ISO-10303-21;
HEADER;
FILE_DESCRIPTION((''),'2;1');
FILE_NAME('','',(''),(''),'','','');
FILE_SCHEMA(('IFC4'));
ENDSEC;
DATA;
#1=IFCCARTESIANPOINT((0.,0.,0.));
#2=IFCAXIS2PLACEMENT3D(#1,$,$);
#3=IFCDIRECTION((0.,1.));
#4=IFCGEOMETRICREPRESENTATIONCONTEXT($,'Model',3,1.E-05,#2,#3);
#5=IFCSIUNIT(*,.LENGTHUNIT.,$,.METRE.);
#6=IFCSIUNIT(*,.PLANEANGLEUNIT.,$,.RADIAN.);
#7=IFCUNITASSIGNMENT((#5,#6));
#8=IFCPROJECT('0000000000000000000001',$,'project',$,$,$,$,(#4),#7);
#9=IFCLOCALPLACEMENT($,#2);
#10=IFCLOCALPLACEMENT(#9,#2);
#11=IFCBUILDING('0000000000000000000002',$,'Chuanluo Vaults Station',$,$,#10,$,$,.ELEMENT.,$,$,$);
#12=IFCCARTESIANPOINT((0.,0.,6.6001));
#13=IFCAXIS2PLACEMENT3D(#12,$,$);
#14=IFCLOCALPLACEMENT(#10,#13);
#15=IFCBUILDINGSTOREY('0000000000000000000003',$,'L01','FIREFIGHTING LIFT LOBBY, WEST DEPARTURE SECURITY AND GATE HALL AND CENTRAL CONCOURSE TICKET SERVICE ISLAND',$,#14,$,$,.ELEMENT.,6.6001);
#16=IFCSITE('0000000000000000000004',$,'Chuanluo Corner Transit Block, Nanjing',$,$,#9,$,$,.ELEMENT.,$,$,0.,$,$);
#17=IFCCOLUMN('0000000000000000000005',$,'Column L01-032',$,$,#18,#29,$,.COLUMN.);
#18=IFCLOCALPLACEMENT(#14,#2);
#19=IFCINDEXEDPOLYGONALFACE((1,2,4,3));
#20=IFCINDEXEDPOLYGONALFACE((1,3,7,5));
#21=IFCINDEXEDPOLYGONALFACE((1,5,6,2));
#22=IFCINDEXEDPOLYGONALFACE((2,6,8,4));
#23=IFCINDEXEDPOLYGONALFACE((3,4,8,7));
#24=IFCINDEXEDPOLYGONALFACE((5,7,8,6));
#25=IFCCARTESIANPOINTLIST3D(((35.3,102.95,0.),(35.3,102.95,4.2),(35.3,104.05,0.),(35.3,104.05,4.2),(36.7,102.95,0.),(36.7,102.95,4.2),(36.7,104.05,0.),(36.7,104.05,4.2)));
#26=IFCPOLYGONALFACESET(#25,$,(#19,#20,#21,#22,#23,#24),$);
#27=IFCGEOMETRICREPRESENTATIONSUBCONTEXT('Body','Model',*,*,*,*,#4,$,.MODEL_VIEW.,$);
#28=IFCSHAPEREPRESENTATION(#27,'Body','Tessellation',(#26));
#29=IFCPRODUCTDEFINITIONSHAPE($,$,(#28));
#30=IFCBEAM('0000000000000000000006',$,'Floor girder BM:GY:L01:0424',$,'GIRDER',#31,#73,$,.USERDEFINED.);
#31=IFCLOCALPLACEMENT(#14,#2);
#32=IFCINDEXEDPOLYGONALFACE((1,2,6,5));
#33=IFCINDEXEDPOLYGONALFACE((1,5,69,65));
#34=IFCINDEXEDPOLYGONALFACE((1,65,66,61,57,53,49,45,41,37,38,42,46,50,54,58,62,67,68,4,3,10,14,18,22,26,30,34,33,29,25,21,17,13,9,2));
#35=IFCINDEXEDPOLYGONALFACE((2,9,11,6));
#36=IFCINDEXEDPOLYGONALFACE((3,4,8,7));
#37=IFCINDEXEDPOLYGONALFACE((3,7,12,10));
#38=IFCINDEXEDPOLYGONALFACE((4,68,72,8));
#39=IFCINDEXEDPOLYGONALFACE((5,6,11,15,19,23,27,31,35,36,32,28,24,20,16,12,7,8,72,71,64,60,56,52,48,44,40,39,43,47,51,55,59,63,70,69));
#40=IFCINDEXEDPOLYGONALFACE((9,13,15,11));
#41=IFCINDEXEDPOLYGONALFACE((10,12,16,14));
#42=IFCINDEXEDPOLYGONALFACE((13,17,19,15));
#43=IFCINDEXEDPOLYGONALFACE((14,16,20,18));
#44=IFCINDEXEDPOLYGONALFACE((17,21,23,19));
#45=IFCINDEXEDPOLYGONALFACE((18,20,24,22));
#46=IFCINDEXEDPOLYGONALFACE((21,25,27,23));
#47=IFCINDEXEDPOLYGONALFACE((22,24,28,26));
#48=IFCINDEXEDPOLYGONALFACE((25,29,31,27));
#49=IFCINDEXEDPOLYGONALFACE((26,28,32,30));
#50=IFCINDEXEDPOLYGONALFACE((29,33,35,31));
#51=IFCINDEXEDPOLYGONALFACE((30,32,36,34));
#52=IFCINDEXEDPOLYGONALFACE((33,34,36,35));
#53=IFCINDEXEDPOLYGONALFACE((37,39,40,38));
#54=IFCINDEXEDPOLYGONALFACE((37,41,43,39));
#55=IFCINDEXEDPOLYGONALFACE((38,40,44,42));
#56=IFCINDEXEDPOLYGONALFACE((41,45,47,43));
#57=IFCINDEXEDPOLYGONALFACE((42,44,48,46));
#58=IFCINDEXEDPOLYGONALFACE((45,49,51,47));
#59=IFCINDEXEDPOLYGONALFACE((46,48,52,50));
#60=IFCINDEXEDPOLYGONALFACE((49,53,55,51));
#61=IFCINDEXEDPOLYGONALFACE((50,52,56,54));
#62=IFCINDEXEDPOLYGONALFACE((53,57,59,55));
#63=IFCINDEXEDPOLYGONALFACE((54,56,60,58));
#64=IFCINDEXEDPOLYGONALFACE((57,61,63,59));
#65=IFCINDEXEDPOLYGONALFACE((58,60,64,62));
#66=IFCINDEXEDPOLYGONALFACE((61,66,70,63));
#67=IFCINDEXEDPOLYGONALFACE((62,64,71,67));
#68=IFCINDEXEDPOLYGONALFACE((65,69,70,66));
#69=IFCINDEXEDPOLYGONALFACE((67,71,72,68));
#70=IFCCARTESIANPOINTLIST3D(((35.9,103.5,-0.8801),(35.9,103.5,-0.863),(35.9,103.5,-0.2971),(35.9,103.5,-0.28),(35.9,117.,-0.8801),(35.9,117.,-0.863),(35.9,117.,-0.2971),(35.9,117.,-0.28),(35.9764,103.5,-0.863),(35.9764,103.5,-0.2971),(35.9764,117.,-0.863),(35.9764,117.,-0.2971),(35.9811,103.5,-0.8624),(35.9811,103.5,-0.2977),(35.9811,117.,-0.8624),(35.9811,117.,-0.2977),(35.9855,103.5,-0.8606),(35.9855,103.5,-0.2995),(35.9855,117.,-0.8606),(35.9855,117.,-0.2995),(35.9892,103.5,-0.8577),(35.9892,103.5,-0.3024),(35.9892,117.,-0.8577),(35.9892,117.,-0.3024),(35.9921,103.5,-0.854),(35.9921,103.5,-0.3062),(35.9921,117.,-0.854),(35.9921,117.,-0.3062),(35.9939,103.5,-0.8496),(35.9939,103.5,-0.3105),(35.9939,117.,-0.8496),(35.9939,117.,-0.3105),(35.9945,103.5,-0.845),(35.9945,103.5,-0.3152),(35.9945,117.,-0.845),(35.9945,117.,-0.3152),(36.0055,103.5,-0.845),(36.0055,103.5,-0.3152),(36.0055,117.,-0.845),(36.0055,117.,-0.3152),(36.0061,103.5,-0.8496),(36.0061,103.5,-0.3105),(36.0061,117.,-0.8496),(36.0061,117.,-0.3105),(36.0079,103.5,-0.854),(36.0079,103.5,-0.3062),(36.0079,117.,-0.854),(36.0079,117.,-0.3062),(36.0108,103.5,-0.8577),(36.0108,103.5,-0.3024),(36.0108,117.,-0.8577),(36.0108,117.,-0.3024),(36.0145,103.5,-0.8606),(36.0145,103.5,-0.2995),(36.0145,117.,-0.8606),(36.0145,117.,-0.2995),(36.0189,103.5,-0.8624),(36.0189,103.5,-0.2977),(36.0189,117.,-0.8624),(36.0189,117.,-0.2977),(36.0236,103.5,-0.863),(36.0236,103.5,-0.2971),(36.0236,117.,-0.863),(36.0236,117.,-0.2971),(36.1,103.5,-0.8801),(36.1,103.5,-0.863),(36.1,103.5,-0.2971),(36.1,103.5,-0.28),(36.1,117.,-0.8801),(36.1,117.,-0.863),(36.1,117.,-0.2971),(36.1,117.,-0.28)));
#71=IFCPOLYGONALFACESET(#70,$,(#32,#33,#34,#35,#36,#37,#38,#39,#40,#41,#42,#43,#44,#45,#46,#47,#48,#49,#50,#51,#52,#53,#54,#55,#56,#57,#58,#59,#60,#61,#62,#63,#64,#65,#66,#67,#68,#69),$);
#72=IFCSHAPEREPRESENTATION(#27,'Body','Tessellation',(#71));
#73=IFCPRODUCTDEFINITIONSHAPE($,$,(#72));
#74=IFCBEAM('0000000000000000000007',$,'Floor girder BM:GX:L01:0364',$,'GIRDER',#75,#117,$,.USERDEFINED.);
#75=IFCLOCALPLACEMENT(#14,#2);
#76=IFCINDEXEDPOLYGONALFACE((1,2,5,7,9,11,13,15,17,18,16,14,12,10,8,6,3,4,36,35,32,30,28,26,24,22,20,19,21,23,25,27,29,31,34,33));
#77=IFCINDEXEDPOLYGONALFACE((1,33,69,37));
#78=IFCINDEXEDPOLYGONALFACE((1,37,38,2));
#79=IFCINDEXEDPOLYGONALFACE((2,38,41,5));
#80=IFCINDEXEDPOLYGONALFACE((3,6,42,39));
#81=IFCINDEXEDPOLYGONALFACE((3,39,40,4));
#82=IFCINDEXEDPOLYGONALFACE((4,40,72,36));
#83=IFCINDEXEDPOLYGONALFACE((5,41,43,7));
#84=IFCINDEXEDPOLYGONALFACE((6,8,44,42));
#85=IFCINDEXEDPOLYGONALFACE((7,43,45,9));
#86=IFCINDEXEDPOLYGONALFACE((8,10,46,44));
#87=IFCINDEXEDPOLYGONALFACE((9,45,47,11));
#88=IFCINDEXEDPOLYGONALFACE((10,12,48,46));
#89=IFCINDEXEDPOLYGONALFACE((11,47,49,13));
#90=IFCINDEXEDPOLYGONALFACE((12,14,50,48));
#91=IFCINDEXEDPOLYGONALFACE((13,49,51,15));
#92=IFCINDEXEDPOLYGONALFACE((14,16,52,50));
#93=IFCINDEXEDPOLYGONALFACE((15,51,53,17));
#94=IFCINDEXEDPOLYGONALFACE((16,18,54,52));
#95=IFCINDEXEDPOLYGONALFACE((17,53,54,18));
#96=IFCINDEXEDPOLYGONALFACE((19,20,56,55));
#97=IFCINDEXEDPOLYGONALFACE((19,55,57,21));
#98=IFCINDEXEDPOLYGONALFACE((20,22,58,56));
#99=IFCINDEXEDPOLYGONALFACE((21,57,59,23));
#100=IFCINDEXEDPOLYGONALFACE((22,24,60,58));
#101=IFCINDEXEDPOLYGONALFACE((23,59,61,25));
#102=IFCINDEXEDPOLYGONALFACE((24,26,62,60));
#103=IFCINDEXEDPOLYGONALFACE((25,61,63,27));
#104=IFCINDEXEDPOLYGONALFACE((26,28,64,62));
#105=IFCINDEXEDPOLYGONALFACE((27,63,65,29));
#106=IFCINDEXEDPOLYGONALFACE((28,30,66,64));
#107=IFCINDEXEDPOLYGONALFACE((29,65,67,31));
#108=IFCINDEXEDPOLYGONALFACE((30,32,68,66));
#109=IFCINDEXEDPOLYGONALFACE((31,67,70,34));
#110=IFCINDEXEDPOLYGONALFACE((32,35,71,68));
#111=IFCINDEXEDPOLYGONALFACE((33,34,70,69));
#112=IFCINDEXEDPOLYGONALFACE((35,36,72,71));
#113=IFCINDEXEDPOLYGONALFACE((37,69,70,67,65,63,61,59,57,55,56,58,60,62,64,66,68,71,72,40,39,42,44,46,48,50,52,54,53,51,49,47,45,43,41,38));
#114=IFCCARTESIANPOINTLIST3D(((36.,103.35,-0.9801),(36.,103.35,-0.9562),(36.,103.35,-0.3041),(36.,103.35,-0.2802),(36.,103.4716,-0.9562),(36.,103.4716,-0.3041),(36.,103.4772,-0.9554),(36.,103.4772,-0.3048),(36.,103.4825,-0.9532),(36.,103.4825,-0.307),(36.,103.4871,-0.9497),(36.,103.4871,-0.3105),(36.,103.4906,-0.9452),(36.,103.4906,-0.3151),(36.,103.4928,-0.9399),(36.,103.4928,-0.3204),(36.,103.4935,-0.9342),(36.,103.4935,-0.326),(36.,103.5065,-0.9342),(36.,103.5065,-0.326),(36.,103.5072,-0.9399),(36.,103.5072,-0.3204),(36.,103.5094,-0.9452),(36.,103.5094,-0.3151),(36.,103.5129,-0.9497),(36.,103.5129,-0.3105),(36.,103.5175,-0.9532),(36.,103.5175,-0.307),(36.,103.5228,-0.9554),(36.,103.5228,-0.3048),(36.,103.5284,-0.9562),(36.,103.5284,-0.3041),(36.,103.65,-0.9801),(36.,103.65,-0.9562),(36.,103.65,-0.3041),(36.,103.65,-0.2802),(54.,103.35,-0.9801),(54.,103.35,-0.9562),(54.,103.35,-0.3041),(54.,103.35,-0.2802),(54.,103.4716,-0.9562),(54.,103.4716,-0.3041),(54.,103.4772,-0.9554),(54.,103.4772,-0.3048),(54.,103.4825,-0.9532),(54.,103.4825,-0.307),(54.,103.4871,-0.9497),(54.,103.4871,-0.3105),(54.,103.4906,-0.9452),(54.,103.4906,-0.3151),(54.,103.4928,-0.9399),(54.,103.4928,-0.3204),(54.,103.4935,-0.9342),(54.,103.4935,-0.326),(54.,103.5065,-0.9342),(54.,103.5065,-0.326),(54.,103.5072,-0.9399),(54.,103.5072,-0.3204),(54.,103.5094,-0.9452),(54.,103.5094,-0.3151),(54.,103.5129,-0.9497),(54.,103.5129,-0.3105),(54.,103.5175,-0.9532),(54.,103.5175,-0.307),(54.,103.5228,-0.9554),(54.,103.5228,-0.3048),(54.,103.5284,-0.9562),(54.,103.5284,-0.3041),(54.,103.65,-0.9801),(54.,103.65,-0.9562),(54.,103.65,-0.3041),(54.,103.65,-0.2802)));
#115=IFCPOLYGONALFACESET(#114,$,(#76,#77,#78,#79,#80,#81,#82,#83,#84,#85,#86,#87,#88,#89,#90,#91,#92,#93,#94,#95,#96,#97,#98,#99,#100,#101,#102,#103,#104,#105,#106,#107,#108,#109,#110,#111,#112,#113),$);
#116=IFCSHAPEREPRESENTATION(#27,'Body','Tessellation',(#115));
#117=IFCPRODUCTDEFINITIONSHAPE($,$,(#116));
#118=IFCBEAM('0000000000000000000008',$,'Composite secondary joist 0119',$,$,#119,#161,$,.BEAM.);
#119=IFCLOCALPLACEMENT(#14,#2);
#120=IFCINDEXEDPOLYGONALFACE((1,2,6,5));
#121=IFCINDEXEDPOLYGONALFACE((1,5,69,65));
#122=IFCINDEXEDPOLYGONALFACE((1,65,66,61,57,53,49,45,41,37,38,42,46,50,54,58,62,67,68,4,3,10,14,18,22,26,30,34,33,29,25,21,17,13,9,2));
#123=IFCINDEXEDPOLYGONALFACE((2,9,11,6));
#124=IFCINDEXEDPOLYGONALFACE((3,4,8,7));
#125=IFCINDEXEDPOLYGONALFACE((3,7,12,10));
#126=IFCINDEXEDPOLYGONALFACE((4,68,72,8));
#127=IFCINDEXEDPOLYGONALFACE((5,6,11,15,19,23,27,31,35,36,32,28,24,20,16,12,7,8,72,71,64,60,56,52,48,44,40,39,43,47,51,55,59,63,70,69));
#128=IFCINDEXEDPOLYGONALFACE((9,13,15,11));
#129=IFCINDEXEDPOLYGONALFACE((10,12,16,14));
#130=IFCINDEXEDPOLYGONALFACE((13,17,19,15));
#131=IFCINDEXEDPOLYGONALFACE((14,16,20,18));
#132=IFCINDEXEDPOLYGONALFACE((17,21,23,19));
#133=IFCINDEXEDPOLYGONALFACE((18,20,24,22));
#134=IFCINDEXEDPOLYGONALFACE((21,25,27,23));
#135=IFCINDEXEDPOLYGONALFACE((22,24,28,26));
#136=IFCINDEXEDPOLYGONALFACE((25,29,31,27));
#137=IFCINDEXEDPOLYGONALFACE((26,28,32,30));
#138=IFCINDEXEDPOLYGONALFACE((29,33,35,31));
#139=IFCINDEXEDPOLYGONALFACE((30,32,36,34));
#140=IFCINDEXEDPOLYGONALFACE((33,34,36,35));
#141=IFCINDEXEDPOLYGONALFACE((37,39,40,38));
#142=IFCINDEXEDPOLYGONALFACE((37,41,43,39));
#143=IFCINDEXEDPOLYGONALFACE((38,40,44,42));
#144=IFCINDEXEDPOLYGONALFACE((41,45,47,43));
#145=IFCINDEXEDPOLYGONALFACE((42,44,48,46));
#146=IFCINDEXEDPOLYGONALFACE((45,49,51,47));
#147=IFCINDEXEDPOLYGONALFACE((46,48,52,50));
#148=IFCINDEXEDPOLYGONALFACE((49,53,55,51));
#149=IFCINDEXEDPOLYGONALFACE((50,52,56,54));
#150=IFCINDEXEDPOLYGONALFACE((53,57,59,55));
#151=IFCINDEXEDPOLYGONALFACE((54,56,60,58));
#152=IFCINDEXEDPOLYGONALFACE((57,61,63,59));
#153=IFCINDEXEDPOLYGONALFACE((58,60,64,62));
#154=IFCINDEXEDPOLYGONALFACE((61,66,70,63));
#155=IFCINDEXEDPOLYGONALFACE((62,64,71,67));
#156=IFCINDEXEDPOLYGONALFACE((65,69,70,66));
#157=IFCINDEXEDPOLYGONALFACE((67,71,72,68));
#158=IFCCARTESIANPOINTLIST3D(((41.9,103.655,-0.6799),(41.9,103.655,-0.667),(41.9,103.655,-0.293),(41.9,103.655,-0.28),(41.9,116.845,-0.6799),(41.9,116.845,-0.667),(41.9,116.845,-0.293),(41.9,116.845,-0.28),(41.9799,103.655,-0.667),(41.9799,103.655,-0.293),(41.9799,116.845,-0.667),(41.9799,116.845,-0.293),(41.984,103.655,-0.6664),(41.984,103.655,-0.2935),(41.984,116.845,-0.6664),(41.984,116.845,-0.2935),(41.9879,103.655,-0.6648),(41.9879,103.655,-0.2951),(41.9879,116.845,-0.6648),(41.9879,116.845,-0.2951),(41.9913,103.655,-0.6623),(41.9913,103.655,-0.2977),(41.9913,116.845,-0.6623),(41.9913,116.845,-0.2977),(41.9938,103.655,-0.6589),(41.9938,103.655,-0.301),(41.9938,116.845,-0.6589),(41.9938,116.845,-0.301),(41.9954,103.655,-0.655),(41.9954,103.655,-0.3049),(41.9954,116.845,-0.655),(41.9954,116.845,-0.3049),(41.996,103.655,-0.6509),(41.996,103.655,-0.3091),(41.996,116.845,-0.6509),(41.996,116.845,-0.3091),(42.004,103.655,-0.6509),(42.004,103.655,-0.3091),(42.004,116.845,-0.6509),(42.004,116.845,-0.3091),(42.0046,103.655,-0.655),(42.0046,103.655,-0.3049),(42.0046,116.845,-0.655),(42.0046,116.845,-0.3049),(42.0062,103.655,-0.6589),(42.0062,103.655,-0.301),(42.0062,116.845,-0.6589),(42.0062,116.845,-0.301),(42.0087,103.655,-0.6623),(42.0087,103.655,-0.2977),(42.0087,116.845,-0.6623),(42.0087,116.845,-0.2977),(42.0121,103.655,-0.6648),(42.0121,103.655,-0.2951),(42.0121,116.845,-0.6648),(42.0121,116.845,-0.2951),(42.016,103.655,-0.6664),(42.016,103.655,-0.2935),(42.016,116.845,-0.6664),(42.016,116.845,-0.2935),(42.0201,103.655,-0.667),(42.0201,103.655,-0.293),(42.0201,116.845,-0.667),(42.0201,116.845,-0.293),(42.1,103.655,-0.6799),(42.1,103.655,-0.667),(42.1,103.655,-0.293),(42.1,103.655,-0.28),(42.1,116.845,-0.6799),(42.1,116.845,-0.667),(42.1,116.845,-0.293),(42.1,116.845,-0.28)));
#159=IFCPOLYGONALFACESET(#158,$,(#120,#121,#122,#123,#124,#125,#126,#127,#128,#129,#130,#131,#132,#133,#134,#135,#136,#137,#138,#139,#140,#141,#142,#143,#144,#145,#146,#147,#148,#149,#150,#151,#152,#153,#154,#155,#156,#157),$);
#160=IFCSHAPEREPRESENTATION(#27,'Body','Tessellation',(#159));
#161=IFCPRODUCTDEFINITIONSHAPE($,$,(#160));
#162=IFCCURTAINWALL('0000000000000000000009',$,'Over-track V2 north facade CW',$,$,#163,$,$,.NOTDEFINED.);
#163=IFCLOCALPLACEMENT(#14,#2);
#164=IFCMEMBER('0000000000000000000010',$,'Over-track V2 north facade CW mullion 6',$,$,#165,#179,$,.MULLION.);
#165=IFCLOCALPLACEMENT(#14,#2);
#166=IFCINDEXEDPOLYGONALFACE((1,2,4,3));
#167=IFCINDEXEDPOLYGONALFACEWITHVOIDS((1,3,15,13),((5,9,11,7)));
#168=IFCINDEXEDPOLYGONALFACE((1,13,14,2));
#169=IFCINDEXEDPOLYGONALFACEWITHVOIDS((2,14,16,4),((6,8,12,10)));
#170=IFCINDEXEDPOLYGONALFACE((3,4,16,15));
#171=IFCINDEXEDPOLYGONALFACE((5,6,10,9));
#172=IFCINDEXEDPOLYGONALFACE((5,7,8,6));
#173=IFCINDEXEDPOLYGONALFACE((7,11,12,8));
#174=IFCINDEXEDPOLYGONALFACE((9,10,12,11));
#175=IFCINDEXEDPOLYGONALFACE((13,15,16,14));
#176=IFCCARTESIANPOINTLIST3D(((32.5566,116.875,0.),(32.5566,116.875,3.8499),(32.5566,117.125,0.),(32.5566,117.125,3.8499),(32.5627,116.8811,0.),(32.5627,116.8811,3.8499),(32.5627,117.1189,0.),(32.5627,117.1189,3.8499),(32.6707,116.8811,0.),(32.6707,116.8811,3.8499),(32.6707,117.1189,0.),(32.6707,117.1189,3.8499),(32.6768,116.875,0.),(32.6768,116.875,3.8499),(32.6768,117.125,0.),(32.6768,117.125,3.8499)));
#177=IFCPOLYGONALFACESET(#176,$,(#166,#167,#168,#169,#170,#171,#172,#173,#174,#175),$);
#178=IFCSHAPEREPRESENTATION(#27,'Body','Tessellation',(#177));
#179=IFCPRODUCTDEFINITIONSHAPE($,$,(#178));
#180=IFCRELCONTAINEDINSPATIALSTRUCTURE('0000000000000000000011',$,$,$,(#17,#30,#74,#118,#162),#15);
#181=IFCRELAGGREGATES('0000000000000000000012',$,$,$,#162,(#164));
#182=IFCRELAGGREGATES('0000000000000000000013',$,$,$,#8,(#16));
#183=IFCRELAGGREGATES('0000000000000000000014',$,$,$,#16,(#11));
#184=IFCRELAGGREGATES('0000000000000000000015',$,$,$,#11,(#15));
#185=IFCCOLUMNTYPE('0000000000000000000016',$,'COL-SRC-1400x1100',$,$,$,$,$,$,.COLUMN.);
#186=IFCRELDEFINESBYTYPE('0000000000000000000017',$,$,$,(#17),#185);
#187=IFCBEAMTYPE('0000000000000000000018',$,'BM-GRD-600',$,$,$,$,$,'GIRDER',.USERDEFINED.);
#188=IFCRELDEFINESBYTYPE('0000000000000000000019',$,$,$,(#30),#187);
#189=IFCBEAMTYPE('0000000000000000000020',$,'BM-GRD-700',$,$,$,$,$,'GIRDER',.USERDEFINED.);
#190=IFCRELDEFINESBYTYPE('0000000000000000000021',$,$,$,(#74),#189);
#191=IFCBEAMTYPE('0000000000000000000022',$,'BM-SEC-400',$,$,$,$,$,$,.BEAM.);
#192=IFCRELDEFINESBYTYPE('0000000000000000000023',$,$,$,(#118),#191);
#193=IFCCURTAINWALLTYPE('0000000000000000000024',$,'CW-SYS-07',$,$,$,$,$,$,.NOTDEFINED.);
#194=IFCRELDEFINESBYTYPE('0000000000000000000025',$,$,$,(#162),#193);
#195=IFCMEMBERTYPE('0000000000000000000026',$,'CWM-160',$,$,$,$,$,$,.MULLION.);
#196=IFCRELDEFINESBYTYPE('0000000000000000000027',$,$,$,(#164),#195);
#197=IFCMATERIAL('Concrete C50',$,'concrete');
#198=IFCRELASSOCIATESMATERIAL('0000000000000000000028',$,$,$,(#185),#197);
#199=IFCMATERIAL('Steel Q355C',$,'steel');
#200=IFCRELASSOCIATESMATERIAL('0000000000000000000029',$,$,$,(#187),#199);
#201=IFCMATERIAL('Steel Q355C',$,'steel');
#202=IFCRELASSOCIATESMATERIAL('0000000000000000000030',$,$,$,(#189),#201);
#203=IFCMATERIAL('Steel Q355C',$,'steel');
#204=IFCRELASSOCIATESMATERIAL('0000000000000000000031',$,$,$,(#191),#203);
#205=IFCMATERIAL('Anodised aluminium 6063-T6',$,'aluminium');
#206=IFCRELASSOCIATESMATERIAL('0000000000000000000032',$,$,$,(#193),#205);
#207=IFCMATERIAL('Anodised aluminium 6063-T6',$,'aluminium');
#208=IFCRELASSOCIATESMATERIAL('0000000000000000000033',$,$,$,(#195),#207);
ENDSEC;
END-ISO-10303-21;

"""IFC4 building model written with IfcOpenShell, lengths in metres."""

from ifc_helpers import new_model, si_unit, direction, frame, origin, origin_2d, place, context, subcontext, project, spatial, rectangle, hollow_rectangle, i_section, extrude, material, material_profile, profile_set, type_object, element, aggregate, save


model = new_model("IFC4")

# Units and contexts
model_context = context("Model", 3, precision=1e-05, world=origin(), true_north=direction((0.0, 1.0)))
body_context = subcontext(model_context, "Body", "Model", "MODEL_VIEW")
ifc_project = project(units=[si_unit("LENGTHUNIT", "METRE"), si_unit("PLANEANGLEUNIT", "RADIAN")], contexts=[model_context])

# Site, building, storey
site_placement = place(None, origin())
site = spatial("IfcSite", under=ifc_project, at=site_placement, Name="Chuanluo Corner Transit Block, Nanjing", CompositionType="ELEMENT", RefElevation=0.0)
building_placement = place(site_placement, origin())
building = spatial("IfcBuilding", under=site, at=building_placement, Name="Chuanluo Vaults Station", CompositionType="ELEMENT")
storey_placement = place(building_placement, frame((0.0, 0.0, 6.6001)))
storey = spatial("IfcBuildingStorey", under=building, at=storey_placement, Name="L01", Description="FIREFIGHTING LIFT LOBBY, WEST DEPARTURE SECURITY AND GATE HALL AND CENTRAL CONCOURSE TICKET SERVICE ISLAND", CompositionType="ELEMENT", Elevation=6.6001)

# Column
ifc_material_1 = material(Name="Concrete C50", Category="concrete")
ifc_material_profile_1 = material_profile(ifc_material_1, rectangle(XDim=1.3999, YDim=1.1001, at=origin_2d()))
ifc_profile_set_1 = profile_set([ifc_material_profile_1], Name="Concrete C50")
column_type = type_object("IfcColumnType", Name="COL-SRC-1400x1100", PredefinedType="COLUMN", material=ifc_profile_set_1)
column_placement = place(storey_placement, frame((36.0, 103.5, 0.0), z_axis=(0.0, 0.0, 1.0), x_axis=(1.0, 0.0, 0.0)))
element("IfcColumn", 1, at=column_placement, inside=storey, type_object=column_type, Name="Column L01-032", PredefinedType="COLUMN", context=body_context, shape_type="SweptSolid", body=[
    extrude(rectangle(XDim=1.3999, YDim=1.1001, at=origin_2d()), origin(), (0.0, 0.0, 1.0), 4.2),
])

# Beams
ifc_material_2 = material(Name="Steel Q355C", Category="steel")
ifc_material_profile_2 = material_profile(ifc_material_2, i_section(OverallWidth=0.2, OverallDepth=0.6001, WebThickness=0.011, FlangeThickness=0.0171, FilletRadius=0.0181, at=origin_2d()))
ifc_profile_set_2 = profile_set([ifc_material_profile_2], Name="Steel Q355C")
beam_type_1 = type_object("IfcBeamType", Name="BM-GRD-600", ElementType="GIRDER", PredefinedType="USERDEFINED", material=ifc_profile_set_2)
beam_1_placement = place(storey_placement, frame((36.0, 103.5, -0.5801), z_axis=(0.0, 1.0, 0.0), x_axis=(-1.0, 0.0, 0.0)))
element("IfcBeam", 2, at=beam_1_placement, inside=storey, type_object=beam_type_1, Name="Floor girder BM:GY:L01:0424", ObjectType="GIRDER", PredefinedType="USERDEFINED", context=body_context, shape_type="SweptSolid", body=[
    extrude(i_section(OverallWidth=0.2, OverallDepth=0.6001, WebThickness=0.011, FlangeThickness=0.0171, FilletRadius=0.0181, at=origin_2d()), origin(), (0.0, 0.0, 1.0), 13.5),
])
ifc_material_3 = material(Name="Steel Q355C", Category="steel")
ifc_material_profile_3 = material_profile(ifc_material_3, i_section(OverallWidth=0.3, OverallDepth=0.7, WebThickness=0.0129, FlangeThickness=0.0239, FilletRadius=0.022, at=origin_2d()))
ifc_profile_set_3 = profile_set([ifc_material_profile_3], Name="Steel Q355C")
beam_type_2 = type_object("IfcBeamType", Name="BM-GRD-700", ElementType="GIRDER", PredefinedType="USERDEFINED", material=ifc_profile_set_3)
beam_2_placement = place(storey_placement, frame((36.0, 103.5, -0.6301), z_axis=(1.0, 0.0, 0.0), x_axis=(0.0, 1.0, 0.0)))
element("IfcBeam", 3, at=beam_2_placement, inside=storey, type_object=beam_type_2, Name="Floor girder BM:GX:L01:0364", ObjectType="GIRDER", PredefinedType="USERDEFINED", context=body_context, shape_type="SweptSolid", body=[
    extrude(i_section(OverallWidth=0.3, OverallDepth=0.7, WebThickness=0.0129, FlangeThickness=0.0239, FilletRadius=0.022, at=origin_2d()), origin(), (0.0, 0.0, 1.0), 18.0),
])
ifc_material_4 = material(Name="Steel Q355C", Category="steel")
ifc_material_profile_4 = material_profile(ifc_material_4, i_section(OverallWidth=0.2, OverallDepth=0.3999, WebThickness=0.0081, FlangeThickness=0.0129, FilletRadius=0.0161, at=origin_2d()))
ifc_profile_set_4 = profile_set([ifc_material_profile_4], Name="Steel Q355C")
beam_type_3 = type_object("IfcBeamType", Name="BM-SEC-400", PredefinedType="BEAM", material=ifc_profile_set_4)
beam_3_placement = place(storey_placement, frame((42.0, 103.655, -0.48), z_axis=(0.0, 1.0, 0.0), x_axis=(-1.0, 0.0, 0.0)))
element("IfcBeam", 4, at=beam_3_placement, inside=storey, type_object=beam_type_3, Name="Composite secondary joist 0119", PredefinedType="BEAM", context=body_context, shape_type="SweptSolid", body=[
    extrude(i_section(OverallWidth=0.2, OverallDepth=0.3999, WebThickness=0.0081, FlangeThickness=0.0129, FilletRadius=0.0161, at=origin_2d()), origin(), (0.0, 0.0, 1.0), 13.1899),
])

# Curtain wall, member
ifc_material_5 = material(Name="Anodised aluminium 6063-T6", Category="aluminium")
curtain_wall_type = type_object("IfcCurtainWallType", Name="CW-SYS-07", PredefinedType="NOTDEFINED", material=ifc_material_5)
curtain_wall_placement = place(storey_placement, origin())
curtain_wall = element("IfcCurtainWall", 5, at=curtain_wall_placement, inside=storey, type_object=curtain_wall_type, Name="Over-track V2 north facade CW", PredefinedType="NOTDEFINED")
ifc_material_6 = material(Name="Anodised aluminium 6063-T6", Category="aluminium")
ifc_material_profile_5 = material_profile(ifc_material_6, hollow_rectangle(XDim=0.1201, YDim=0.25, WallThickness=0.0061, at=origin_2d()))
ifc_profile_set_5 = profile_set([ifc_material_profile_5], Name="Anodised aluminium 6063-T6")
member_type_1 = type_object("IfcMemberType", Name="CWM-160", PredefinedType="MULLION", material=ifc_profile_set_5)
member_1_placement = place(storey_placement, frame((32.6167, 117.0, 0.0), z_axis=(0.0, 0.0, 1.0), x_axis=(1.0, 0.0, 0.0)))
member_1 = element("IfcMember", 6, at=member_1_placement, type_object=member_type_1, Name="Over-track V2 north facade CW mullion 6", PredefinedType="MULLION", context=body_context, shape_type="SweptSolid", body=[
    extrude(hollow_rectangle(XDim=0.1201, YDim=0.25, WallThickness=0.0061, at=origin_2d()), origin(), (0.0, 0.0, 1.0), 3.8499),
])

aggregate(curtain_wall, [member_1])

save(model, "model.ifc")
